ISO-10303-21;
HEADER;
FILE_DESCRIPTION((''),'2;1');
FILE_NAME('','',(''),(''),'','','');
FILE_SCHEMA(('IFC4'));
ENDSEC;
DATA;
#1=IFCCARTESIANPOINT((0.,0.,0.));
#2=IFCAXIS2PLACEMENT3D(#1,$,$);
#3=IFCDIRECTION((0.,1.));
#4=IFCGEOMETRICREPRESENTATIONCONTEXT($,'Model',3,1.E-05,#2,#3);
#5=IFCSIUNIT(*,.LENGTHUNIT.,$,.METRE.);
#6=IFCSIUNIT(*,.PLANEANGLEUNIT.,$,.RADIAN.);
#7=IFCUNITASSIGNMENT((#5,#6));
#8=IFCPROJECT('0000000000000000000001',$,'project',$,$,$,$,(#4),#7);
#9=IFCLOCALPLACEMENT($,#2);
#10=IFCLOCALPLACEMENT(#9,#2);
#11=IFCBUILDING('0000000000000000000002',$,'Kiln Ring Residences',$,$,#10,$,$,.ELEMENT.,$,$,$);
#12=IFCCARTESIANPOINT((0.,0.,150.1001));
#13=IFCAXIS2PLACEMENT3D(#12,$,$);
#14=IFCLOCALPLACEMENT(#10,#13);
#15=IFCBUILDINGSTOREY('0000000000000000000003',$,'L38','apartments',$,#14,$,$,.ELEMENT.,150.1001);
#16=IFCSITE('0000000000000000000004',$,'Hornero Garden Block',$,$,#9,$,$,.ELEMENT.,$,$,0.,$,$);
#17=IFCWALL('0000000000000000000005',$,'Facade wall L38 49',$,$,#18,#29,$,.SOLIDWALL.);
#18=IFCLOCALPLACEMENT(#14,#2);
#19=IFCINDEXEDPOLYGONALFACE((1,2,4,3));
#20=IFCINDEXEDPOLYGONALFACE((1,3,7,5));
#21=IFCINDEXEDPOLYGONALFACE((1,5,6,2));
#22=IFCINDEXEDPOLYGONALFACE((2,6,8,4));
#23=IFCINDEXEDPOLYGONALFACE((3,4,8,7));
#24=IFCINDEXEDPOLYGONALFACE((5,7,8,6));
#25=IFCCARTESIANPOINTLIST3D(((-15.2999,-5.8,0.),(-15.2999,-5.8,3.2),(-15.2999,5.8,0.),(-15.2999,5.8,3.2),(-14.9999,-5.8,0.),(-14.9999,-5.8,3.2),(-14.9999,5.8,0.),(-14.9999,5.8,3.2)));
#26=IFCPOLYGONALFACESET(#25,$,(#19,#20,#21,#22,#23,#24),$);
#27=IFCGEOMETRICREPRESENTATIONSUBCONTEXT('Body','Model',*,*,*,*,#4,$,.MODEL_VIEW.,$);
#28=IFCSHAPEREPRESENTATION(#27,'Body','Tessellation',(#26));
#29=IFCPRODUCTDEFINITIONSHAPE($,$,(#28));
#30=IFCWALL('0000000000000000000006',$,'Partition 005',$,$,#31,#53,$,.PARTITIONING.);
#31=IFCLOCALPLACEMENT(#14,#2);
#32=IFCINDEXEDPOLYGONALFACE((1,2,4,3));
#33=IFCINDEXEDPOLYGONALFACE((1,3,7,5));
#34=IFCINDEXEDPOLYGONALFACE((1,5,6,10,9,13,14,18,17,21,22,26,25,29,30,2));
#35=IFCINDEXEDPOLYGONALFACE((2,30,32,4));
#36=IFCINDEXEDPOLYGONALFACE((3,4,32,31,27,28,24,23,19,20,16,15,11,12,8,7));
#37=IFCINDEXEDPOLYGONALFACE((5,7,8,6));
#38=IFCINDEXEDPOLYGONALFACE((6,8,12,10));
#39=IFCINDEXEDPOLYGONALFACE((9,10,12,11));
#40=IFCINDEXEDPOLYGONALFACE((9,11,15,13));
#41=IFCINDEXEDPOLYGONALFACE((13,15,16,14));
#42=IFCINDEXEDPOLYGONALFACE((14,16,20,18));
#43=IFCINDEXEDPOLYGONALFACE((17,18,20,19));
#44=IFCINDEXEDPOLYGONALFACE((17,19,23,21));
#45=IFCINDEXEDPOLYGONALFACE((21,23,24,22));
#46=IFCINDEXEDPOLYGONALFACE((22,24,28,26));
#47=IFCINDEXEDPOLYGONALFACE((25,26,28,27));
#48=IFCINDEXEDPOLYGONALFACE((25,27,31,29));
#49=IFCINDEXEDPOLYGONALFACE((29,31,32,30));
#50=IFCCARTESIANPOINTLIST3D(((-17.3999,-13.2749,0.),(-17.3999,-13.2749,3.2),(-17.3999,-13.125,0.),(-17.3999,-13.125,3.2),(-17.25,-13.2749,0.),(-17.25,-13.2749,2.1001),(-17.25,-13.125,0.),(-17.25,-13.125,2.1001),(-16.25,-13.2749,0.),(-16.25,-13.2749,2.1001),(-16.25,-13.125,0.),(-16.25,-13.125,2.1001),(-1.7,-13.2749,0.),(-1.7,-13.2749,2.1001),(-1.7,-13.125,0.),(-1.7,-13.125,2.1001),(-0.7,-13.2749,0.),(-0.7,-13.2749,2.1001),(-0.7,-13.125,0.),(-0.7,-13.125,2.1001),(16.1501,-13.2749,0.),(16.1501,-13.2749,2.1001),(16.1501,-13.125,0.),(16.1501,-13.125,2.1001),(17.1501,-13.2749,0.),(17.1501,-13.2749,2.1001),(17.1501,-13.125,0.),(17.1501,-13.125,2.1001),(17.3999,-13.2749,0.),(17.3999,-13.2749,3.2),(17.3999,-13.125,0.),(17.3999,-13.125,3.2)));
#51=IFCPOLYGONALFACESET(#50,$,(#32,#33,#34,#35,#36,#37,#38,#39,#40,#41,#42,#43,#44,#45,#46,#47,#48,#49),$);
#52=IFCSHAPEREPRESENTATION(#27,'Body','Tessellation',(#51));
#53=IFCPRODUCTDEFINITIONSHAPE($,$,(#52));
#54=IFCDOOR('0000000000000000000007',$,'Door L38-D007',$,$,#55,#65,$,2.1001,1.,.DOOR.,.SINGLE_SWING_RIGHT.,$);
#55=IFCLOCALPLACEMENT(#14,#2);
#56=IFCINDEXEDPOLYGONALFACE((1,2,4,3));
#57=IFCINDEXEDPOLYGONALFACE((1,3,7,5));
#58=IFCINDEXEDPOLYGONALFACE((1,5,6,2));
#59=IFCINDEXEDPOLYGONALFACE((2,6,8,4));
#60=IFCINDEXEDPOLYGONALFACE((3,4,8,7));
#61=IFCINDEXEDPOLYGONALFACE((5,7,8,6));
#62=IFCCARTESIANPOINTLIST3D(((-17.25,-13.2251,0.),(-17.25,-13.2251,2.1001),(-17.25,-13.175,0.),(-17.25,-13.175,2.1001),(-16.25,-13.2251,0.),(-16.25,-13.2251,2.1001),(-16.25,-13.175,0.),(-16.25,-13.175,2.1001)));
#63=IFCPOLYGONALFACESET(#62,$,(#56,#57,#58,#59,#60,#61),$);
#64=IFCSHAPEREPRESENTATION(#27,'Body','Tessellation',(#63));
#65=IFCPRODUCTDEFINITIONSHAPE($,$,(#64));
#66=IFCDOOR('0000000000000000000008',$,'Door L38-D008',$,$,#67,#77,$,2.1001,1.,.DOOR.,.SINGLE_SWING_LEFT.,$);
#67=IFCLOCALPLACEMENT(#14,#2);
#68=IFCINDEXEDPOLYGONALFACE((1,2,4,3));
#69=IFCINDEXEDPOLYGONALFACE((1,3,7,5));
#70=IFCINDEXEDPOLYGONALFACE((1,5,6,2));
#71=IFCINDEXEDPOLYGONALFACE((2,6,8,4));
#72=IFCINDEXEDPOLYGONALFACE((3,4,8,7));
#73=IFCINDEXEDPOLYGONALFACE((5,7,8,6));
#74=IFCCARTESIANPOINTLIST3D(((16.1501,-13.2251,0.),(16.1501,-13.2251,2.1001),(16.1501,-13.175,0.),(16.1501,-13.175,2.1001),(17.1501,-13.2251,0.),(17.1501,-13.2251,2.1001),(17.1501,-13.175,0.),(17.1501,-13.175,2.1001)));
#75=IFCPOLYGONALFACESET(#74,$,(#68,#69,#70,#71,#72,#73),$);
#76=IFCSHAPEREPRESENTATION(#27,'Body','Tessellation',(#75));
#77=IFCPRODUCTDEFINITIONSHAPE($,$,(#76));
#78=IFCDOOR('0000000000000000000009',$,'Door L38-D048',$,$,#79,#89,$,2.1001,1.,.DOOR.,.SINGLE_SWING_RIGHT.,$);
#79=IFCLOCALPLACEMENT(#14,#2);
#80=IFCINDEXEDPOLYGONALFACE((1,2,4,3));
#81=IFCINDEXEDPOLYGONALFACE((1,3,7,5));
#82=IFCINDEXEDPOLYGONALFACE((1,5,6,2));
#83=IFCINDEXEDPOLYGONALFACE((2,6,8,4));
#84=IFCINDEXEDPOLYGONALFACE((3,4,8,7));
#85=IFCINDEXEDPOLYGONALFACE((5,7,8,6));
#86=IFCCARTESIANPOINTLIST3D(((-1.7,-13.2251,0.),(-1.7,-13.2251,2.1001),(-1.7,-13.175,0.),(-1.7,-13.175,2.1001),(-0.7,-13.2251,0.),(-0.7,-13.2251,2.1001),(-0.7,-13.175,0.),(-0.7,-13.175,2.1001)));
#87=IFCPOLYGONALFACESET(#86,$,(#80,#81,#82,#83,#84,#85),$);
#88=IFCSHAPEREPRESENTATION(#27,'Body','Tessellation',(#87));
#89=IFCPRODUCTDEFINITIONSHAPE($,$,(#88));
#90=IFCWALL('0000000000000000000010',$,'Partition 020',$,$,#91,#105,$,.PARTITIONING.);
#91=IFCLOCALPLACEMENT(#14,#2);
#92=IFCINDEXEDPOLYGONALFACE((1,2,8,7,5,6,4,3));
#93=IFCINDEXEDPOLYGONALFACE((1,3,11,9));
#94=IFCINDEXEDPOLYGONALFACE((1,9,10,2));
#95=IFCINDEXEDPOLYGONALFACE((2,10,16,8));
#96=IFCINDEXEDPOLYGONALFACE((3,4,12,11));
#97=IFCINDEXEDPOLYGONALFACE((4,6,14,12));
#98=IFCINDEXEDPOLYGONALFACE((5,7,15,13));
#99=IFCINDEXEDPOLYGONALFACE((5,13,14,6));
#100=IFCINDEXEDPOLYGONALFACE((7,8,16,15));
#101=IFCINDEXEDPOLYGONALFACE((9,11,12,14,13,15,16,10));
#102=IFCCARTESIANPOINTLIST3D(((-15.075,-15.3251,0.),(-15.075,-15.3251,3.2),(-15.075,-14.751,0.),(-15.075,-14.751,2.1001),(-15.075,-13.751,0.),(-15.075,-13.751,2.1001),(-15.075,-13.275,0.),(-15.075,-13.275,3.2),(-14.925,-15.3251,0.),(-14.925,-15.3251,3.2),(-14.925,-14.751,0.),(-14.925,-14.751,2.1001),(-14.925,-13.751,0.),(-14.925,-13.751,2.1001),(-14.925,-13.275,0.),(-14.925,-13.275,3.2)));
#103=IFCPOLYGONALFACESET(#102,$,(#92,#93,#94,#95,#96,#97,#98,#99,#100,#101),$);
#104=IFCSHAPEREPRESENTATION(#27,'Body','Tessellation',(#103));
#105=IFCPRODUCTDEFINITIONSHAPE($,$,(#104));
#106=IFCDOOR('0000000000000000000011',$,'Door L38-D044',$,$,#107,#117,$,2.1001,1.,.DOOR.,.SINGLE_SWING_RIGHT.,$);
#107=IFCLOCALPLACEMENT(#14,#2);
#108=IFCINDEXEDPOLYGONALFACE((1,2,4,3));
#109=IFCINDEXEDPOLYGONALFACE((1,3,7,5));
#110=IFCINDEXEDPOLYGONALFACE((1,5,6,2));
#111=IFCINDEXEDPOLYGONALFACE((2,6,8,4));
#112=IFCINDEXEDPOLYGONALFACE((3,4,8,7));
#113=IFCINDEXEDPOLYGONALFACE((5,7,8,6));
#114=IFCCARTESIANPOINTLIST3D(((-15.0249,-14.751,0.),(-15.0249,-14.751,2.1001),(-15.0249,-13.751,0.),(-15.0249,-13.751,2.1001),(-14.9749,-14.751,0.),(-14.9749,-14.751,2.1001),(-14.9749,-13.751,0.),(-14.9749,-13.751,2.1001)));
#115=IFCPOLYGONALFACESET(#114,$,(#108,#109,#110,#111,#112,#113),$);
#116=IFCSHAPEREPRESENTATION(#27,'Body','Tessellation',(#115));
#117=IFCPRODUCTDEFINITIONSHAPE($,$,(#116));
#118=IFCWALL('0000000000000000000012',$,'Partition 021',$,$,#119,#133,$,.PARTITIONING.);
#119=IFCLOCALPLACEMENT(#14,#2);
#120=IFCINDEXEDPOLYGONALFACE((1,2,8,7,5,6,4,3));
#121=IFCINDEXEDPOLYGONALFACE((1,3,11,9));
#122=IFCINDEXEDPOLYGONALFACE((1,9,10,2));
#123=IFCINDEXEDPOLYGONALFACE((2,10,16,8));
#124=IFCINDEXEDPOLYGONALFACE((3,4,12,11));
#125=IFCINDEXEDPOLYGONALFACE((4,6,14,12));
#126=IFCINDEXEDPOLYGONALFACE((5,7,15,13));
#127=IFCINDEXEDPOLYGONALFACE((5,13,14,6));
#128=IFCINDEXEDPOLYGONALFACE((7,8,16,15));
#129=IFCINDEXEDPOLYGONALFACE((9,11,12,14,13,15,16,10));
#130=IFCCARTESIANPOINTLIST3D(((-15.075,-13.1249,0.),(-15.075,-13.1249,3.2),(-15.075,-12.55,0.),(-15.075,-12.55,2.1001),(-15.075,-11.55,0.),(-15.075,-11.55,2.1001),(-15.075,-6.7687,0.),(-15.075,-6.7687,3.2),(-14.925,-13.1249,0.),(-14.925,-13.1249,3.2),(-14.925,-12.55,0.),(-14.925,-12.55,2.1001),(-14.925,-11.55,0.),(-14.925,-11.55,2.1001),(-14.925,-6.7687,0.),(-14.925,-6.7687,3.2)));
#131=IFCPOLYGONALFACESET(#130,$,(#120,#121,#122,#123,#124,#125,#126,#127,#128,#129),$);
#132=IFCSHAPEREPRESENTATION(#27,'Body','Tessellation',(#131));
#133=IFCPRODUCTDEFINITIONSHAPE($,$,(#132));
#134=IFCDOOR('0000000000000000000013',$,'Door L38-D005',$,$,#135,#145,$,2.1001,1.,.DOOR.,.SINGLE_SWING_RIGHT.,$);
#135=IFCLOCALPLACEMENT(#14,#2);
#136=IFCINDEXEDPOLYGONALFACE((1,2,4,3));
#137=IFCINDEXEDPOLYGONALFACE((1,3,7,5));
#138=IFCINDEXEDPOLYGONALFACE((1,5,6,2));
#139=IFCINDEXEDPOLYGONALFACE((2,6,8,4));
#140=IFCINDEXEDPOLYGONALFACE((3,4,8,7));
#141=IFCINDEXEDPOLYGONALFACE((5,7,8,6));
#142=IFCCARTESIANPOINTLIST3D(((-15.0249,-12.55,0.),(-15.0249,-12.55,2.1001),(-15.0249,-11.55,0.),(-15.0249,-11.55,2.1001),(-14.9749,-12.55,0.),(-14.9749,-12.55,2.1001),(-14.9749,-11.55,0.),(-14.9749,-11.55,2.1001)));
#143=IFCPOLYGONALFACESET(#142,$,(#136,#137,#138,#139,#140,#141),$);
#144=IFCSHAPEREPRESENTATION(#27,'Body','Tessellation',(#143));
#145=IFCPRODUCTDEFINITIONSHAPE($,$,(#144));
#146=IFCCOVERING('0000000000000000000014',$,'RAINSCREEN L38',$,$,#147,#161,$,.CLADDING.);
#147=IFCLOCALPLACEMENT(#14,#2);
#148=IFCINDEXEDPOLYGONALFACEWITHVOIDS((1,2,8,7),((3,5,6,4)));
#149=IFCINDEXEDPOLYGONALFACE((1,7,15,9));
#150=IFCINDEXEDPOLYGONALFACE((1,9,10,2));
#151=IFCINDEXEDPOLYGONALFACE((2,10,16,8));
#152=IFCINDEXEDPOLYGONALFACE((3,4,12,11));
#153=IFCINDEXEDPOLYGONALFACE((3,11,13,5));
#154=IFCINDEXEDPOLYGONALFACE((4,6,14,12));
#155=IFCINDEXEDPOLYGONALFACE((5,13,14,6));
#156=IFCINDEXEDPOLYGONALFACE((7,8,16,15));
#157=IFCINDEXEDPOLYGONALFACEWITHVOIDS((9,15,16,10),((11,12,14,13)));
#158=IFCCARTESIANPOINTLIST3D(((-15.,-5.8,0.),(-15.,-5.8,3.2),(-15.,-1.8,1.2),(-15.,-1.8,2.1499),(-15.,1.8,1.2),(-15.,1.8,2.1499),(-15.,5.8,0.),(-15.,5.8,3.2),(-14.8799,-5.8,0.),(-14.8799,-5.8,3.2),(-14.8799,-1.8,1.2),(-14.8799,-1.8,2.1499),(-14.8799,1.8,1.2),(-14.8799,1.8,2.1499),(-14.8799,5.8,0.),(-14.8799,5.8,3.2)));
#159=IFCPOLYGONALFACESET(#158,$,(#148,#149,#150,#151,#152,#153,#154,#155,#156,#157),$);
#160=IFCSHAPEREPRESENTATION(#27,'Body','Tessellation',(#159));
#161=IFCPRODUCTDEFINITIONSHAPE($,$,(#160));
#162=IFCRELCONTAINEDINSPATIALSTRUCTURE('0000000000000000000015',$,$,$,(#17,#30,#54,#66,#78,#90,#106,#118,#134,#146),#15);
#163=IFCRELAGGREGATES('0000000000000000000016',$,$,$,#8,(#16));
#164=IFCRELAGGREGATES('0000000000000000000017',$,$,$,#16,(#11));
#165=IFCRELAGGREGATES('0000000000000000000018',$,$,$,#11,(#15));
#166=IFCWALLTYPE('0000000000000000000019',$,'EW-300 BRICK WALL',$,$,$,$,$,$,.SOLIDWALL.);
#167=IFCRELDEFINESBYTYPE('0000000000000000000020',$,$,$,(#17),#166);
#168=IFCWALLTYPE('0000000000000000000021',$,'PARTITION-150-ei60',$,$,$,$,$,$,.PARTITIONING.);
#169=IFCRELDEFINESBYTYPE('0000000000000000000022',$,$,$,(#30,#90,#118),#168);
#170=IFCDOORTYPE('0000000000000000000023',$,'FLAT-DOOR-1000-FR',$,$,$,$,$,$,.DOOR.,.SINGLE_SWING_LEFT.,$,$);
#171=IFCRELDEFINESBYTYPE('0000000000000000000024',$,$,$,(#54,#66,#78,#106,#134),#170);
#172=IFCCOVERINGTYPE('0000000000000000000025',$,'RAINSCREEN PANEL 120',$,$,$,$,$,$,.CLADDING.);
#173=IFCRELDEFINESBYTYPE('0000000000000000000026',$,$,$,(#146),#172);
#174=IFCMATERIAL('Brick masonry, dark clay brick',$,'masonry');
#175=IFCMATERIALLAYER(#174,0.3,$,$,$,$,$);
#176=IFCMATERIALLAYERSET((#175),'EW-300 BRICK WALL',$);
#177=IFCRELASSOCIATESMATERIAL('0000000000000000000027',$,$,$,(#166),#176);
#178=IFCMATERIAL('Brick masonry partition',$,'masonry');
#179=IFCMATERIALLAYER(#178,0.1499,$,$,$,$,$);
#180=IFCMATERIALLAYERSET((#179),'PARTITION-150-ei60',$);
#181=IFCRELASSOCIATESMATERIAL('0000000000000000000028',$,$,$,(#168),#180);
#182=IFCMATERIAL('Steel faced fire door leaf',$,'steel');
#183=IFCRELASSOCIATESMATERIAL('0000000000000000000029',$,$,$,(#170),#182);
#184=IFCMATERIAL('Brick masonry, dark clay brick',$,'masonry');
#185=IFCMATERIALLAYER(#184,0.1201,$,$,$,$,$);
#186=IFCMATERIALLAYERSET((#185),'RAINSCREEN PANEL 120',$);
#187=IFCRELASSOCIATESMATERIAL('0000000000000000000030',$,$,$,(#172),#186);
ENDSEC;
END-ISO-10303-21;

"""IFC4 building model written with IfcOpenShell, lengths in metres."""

from ifc_helpers import new_model, si_unit, direction, frame, frame_2d, origin, place, context, subcontext, project, spatial, polyline, rectangle, outline, extrude, material, layer, layer_set, type_object, element, fill, save


model = new_model("IFC4")

# Units and contexts
model_context = context("Model", 3, precision=1e-05, world=origin(), true_north=direction((0.0, 1.0)))
body_context = subcontext(model_context, "Body", "Model", "MODEL_VIEW")
ifc_project = project(units=[si_unit("LENGTHUNIT", "METRE"), si_unit("PLANEANGLEUNIT", "RADIAN")], contexts=[model_context])

# Site, building, storey
site_placement = place(None, origin())
site = spatial("IfcSite", under=ifc_project, at=site_placement, Name="Hornero Garden Block", CompositionType="ELEMENT", RefElevation=0.0)
building_placement = place(site_placement, origin())
building = spatial("IfcBuilding", under=site, at=building_placement, Name="Kiln Ring Residences", CompositionType="ELEMENT")
storey_placement = place(building_placement, frame((0.0, 0.0, 150.1001)))
storey = spatial("IfcBuildingStorey", under=building, at=storey_placement, Name="L38", Description="apartments", CompositionType="ELEMENT", Elevation=150.1001)

# Wall
ifc_material_1 = material(Name="Brick masonry, dark clay brick", Category="masonry")
ifc_layer_1 = layer(ifc_material_1, 0.3)
ifc_layer_set_1 = layer_set([ifc_layer_1], Name="EW-300 BRICK WALL")
wall_type_1 = type_object("IfcWallType", Name="EW-300 BRICK WALL", PredefinedType="SOLIDWALL", material=ifc_layer_set_1)
wall_1_placement = place(storey_placement, frame((-15.1499, -5.8, 0.0), z_axis=(0.0, 0.0, 1.0), x_axis=(0.0, 1.0, 0.0)))
element("IfcWall", 1, at=wall_1_placement, inside=storey, type_object=wall_type_1, Name="Facade wall L38 49", PredefinedType="SOLIDWALL", context=body_context, shape_type="SweptSolid", body=[
    extrude(rectangle(XDim=11.6001, YDim=0.3, at=frame_2d((5.8, 0.0))), origin(), (0.0, 0.0, 1.0), 3.2),
])

# Wall, openings, doors
ifc_material_2 = material(Name="Brick masonry partition", Category="masonry")
ifc_layer_2 = layer(ifc_material_2, 0.1499)
ifc_layer_set_2 = layer_set([ifc_layer_2], Name="PARTITION-150-ei60")
wall_type_2 = type_object("IfcWallType", Name="PARTITION-150-ei60", PredefinedType="PARTITIONING", material=ifc_layer_set_2)
wall_2_placement = place(storey_placement, frame((-17.3999, -13.2, 0.0), z_axis=(0.0, 0.0, 1.0), x_axis=(1.0, 0.0, 0.0)))
wall_2 = element("IfcWall", 2, at=wall_2_placement, inside=storey, type_object=wall_type_2, Name="Partition 005", PredefinedType="PARTITIONING", context=body_context, shape_type="SweptSolid", body=[
    extrude(rectangle(XDim=34.7998, YDim=0.1499, at=frame_2d((17.3999, 0.0))), origin(), (0.0, 0.0, 1.0), 3.2),
])
opening_1_placement = place(wall_2_placement, frame((0.1499, 0.0, 0.0)))
opening_1 = element("IfcOpeningElement", 3, at=opening_1_placement, cuts=wall_2, PredefinedType="OPENING", context=body_context, shape_type="SweptSolid", body=[
    extrude(rectangle(XDim=1.0, YDim=2.1001, at=frame_2d((0.5, 1.05))), frame((0.0, 0.085, 0.0), z_axis=(0.0, -1.0, 0.0), x_axis=(1.0, 0.0, 0.0)), (0.0, 0.0, 1.0), 0.1699),
])
opening_2_placement = place(wall_2_placement, frame((33.55, 0.0, 0.0)))
opening_2 = element("IfcOpeningElement", 4, at=opening_2_placement, cuts=wall_2, PredefinedType="OPENING", context=body_context, shape_type="SweptSolid", body=[
    extrude(rectangle(XDim=1.0, YDim=2.1001, at=frame_2d((0.5, 1.05))), frame((0.0, 0.085, 0.0), z_axis=(0.0, -1.0, 0.0), x_axis=(1.0, 0.0, 0.0)), (0.0, 0.0, 1.0), 0.1699),
])
opening_3_placement = place(wall_2_placement, frame((15.7, 0.0, 0.0)))
opening_3 = element("IfcOpeningElement", 5, at=opening_3_placement, cuts=wall_2, PredefinedType="OPENING", context=body_context, shape_type="SweptSolid", body=[
    extrude(rectangle(XDim=1.0, YDim=2.1001, at=frame_2d((0.5, 1.05))), frame((0.0, 0.085, 0.0), z_axis=(0.0, -1.0, 0.0), x_axis=(1.0, 0.0, 0.0)), (0.0, 0.0, 1.0), 0.1699),
])
ifc_material_3 = material(Name="Steel faced fire door leaf", Category="steel")
door_type_1 = type_object("IfcDoorType", Name="FLAT-DOOR-1000-FR", OperationType="SINGLE_SWING_LEFT", PredefinedType="DOOR", material=ifc_material_3)
door_1_placement = place(opening_1_placement, origin())
door_1 = element("IfcDoor", 6, at=door_1_placement, inside=storey, type_object=door_type_1, Name="Door L38-D007", OperationType="SINGLE_SWING_RIGHT", OverallHeight=2.1001, OverallWidth=1.0, PredefinedType="DOOR", context=body_context, shape_type="SweptSolid", body=[
    extrude(rectangle(XDim=1.0, YDim=2.1001, at=frame_2d((0.5, 1.05))), frame((0.0, 0.0249, 0.0), z_axis=(0.0, -1.0, 0.0), x_axis=(1.0, 0.0, 0.0)), (0.0, 0.0, 1.0), 0.05),
])
fill(opening_1, door_1)
door_2_placement = place(opening_2_placement, origin())
door_2 = element("IfcDoor", 7, at=door_2_placement, inside=storey, type_object=door_type_1, Name="Door L38-D008", OperationType="SINGLE_SWING_LEFT", OverallHeight=2.1001, OverallWidth=1.0, PredefinedType="DOOR", context=body_context, shape_type="SweptSolid", body=[
    extrude(rectangle(XDim=1.0, YDim=2.1001, at=frame_2d((0.5, 1.05))), frame((0.0, 0.0249, 0.0), z_axis=(0.0, -1.0, 0.0), x_axis=(1.0, 0.0, 0.0)), (0.0, 0.0, 1.0), 0.05),
])
fill(opening_2, door_2)
door_3_placement = place(opening_3_placement, origin())
door_3 = element("IfcDoor", 8, at=door_3_placement, inside=storey, type_object=door_type_1, Name="Door L38-D048", OperationType="SINGLE_SWING_RIGHT", OverallHeight=2.1001, OverallWidth=1.0, PredefinedType="DOOR", context=body_context, shape_type="SweptSolid", body=[
    extrude(rectangle(XDim=1.0, YDim=2.1001, at=frame_2d((0.5, 1.05))), frame((0.0, 0.0249, 0.0), z_axis=(0.0, -1.0, 0.0), x_axis=(1.0, 0.0, 0.0)), (0.0, 0.0, 1.0), 0.05),
])
fill(opening_3, door_3)

# Walls, openings, doors
wall_3_placement = place(storey_placement, frame((-15.0, -15.325, 0.0), z_axis=(0.0, 0.0, 1.0), x_axis=(0.0, 1.0, 0.0)))
wall_3 = element("IfcWall", 9, at=wall_3_placement, inside=storey, type_object=wall_type_2, Name="Partition 020", PredefinedType="PARTITIONING", context=body_context, shape_type="SweptSolid", body=[
    extrude(rectangle(XDim=2.05, YDim=0.1499, at=frame_2d((1.0249, 0.0))), origin(), (0.0, 0.0, 1.0), 3.2),
])
opening_4_placement = place(wall_3_placement, frame((0.574, 0.0, 0.0)))
opening_4 = element("IfcOpeningElement", 10, at=opening_4_placement, cuts=wall_3, PredefinedType="OPENING", context=body_context, shape_type="SweptSolid", body=[
    extrude(rectangle(XDim=1.0, YDim=2.1001, at=frame_2d((0.5, 1.05))), frame((0.0, 0.085, 0.0), z_axis=(0.0, -1.0, 0.0), x_axis=(1.0, 0.0, 0.0)), (0.0, 0.0, 1.0), 0.1699),
])
door_4_placement = place(opening_4_placement, origin())
door_4 = element("IfcDoor", 11, at=door_4_placement, inside=storey, type_object=door_type_1, Name="Door L38-D044", OperationType="SINGLE_SWING_RIGHT", OverallHeight=2.1001, OverallWidth=1.0, PredefinedType="DOOR", context=body_context, shape_type="SweptSolid", body=[
    extrude(rectangle(XDim=1.0, YDim=2.1001, at=frame_2d((0.5, 1.05))), frame((0.0, 0.0249, 0.0), z_axis=(0.0, -1.0, 0.0), x_axis=(1.0, 0.0, 0.0)), (0.0, 0.0, 1.0), 0.05),
])
fill(opening_4, door_4)
wall_4_placement = place(storey_placement, frame((-15.0, -13.125, 0.0), z_axis=(0.0, 0.0, 1.0), x_axis=(0.0, 1.0, 0.0)))
wall_4 = element("IfcWall", 12, at=wall_4_placement, inside=storey, type_object=wall_type_2, Name="Partition 021", PredefinedType="PARTITIONING", context=body_context, shape_type="SweptSolid", body=[
    extrude(rectangle(XDim=6.3562, YDim=0.1499, at=frame_2d((3.1782, 0.0))), origin(), (0.0, 0.0, 1.0), 3.2),
])
opening_5_placement = place(wall_4_placement, frame((0.575, 0.0, 0.0)))
opening_5 = element("IfcOpeningElement", 13, at=opening_5_placement, cuts=wall_4, PredefinedType="OPENING", context=body_context, shape_type="SweptSolid", body=[
    extrude(rectangle(XDim=1.0, YDim=2.1001, at=frame_2d((0.5, 1.05))), frame((0.0, 0.085, 0.0), z_axis=(0.0, -1.0, 0.0), x_axis=(1.0, 0.0, 0.0)), (0.0, 0.0, 1.0), 0.1699),
])
door_5_placement = place(opening_5_placement, origin())
door_5 = element("IfcDoor", 14, at=door_5_placement, inside=storey, type_object=door_type_1, Name="Door L38-D005", OperationType="SINGLE_SWING_RIGHT", OverallHeight=2.1001, OverallWidth=1.0, PredefinedType="DOOR", context=body_context, shape_type="SweptSolid", body=[
    extrude(rectangle(XDim=1.0, YDim=2.1001, at=frame_2d((0.5, 1.05))), frame((0.0, 0.0249, 0.0), z_axis=(0.0, -1.0, 0.0), x_axis=(1.0, 0.0, 0.0)), (0.0, 0.0, 1.0), 0.05),
])
fill(opening_5, door_5)

# Covering
ifc_material_4 = material(Name="Brick masonry, dark clay brick", Category="masonry")
ifc_layer_3 = layer(ifc_material_4, 0.1201)
ifc_layer_set_3 = layer_set([ifc_layer_3], Name="RAINSCREEN PANEL 120")
covering_type = type_object("IfcCoveringType", Name="RAINSCREEN PANEL 120", PredefinedType="CLADDING", material=ifc_layer_set_3)
covering_placement = place(storey_placement, frame((-14.9399, -5.8, 0.0), z_axis=(0.0, 0.0, 1.0), x_axis=(0.0, 1.0, 0.0)))
element("IfcCovering", 15, at=covering_placement, inside=storey, type_object=covering_type, Name="RAINSCREEN L38", PredefinedType="CLADDING", context=body_context, shape_type="SweptSolid", body=[
    extrude(outline(polyline([(0.0, 0.0), (11.6001, 0.0), (11.6001, 3.2), (0.0, 3.2), (0.0, 0.0)]), holes=[polyline([(4.0, 2.1499), (4.0, 1.2), (7.6001, 1.2), (7.6001, 2.1499), (4.0, 2.1499)])]), frame((0.0, 0.0601, 0.0), z_axis=(0.0, -1.0, 0.0), x_axis=(1.0, 0.0, 0.0)), (0.0, 0.0, 1.0), 0.1201),
])

save(model, "model.ifc")
